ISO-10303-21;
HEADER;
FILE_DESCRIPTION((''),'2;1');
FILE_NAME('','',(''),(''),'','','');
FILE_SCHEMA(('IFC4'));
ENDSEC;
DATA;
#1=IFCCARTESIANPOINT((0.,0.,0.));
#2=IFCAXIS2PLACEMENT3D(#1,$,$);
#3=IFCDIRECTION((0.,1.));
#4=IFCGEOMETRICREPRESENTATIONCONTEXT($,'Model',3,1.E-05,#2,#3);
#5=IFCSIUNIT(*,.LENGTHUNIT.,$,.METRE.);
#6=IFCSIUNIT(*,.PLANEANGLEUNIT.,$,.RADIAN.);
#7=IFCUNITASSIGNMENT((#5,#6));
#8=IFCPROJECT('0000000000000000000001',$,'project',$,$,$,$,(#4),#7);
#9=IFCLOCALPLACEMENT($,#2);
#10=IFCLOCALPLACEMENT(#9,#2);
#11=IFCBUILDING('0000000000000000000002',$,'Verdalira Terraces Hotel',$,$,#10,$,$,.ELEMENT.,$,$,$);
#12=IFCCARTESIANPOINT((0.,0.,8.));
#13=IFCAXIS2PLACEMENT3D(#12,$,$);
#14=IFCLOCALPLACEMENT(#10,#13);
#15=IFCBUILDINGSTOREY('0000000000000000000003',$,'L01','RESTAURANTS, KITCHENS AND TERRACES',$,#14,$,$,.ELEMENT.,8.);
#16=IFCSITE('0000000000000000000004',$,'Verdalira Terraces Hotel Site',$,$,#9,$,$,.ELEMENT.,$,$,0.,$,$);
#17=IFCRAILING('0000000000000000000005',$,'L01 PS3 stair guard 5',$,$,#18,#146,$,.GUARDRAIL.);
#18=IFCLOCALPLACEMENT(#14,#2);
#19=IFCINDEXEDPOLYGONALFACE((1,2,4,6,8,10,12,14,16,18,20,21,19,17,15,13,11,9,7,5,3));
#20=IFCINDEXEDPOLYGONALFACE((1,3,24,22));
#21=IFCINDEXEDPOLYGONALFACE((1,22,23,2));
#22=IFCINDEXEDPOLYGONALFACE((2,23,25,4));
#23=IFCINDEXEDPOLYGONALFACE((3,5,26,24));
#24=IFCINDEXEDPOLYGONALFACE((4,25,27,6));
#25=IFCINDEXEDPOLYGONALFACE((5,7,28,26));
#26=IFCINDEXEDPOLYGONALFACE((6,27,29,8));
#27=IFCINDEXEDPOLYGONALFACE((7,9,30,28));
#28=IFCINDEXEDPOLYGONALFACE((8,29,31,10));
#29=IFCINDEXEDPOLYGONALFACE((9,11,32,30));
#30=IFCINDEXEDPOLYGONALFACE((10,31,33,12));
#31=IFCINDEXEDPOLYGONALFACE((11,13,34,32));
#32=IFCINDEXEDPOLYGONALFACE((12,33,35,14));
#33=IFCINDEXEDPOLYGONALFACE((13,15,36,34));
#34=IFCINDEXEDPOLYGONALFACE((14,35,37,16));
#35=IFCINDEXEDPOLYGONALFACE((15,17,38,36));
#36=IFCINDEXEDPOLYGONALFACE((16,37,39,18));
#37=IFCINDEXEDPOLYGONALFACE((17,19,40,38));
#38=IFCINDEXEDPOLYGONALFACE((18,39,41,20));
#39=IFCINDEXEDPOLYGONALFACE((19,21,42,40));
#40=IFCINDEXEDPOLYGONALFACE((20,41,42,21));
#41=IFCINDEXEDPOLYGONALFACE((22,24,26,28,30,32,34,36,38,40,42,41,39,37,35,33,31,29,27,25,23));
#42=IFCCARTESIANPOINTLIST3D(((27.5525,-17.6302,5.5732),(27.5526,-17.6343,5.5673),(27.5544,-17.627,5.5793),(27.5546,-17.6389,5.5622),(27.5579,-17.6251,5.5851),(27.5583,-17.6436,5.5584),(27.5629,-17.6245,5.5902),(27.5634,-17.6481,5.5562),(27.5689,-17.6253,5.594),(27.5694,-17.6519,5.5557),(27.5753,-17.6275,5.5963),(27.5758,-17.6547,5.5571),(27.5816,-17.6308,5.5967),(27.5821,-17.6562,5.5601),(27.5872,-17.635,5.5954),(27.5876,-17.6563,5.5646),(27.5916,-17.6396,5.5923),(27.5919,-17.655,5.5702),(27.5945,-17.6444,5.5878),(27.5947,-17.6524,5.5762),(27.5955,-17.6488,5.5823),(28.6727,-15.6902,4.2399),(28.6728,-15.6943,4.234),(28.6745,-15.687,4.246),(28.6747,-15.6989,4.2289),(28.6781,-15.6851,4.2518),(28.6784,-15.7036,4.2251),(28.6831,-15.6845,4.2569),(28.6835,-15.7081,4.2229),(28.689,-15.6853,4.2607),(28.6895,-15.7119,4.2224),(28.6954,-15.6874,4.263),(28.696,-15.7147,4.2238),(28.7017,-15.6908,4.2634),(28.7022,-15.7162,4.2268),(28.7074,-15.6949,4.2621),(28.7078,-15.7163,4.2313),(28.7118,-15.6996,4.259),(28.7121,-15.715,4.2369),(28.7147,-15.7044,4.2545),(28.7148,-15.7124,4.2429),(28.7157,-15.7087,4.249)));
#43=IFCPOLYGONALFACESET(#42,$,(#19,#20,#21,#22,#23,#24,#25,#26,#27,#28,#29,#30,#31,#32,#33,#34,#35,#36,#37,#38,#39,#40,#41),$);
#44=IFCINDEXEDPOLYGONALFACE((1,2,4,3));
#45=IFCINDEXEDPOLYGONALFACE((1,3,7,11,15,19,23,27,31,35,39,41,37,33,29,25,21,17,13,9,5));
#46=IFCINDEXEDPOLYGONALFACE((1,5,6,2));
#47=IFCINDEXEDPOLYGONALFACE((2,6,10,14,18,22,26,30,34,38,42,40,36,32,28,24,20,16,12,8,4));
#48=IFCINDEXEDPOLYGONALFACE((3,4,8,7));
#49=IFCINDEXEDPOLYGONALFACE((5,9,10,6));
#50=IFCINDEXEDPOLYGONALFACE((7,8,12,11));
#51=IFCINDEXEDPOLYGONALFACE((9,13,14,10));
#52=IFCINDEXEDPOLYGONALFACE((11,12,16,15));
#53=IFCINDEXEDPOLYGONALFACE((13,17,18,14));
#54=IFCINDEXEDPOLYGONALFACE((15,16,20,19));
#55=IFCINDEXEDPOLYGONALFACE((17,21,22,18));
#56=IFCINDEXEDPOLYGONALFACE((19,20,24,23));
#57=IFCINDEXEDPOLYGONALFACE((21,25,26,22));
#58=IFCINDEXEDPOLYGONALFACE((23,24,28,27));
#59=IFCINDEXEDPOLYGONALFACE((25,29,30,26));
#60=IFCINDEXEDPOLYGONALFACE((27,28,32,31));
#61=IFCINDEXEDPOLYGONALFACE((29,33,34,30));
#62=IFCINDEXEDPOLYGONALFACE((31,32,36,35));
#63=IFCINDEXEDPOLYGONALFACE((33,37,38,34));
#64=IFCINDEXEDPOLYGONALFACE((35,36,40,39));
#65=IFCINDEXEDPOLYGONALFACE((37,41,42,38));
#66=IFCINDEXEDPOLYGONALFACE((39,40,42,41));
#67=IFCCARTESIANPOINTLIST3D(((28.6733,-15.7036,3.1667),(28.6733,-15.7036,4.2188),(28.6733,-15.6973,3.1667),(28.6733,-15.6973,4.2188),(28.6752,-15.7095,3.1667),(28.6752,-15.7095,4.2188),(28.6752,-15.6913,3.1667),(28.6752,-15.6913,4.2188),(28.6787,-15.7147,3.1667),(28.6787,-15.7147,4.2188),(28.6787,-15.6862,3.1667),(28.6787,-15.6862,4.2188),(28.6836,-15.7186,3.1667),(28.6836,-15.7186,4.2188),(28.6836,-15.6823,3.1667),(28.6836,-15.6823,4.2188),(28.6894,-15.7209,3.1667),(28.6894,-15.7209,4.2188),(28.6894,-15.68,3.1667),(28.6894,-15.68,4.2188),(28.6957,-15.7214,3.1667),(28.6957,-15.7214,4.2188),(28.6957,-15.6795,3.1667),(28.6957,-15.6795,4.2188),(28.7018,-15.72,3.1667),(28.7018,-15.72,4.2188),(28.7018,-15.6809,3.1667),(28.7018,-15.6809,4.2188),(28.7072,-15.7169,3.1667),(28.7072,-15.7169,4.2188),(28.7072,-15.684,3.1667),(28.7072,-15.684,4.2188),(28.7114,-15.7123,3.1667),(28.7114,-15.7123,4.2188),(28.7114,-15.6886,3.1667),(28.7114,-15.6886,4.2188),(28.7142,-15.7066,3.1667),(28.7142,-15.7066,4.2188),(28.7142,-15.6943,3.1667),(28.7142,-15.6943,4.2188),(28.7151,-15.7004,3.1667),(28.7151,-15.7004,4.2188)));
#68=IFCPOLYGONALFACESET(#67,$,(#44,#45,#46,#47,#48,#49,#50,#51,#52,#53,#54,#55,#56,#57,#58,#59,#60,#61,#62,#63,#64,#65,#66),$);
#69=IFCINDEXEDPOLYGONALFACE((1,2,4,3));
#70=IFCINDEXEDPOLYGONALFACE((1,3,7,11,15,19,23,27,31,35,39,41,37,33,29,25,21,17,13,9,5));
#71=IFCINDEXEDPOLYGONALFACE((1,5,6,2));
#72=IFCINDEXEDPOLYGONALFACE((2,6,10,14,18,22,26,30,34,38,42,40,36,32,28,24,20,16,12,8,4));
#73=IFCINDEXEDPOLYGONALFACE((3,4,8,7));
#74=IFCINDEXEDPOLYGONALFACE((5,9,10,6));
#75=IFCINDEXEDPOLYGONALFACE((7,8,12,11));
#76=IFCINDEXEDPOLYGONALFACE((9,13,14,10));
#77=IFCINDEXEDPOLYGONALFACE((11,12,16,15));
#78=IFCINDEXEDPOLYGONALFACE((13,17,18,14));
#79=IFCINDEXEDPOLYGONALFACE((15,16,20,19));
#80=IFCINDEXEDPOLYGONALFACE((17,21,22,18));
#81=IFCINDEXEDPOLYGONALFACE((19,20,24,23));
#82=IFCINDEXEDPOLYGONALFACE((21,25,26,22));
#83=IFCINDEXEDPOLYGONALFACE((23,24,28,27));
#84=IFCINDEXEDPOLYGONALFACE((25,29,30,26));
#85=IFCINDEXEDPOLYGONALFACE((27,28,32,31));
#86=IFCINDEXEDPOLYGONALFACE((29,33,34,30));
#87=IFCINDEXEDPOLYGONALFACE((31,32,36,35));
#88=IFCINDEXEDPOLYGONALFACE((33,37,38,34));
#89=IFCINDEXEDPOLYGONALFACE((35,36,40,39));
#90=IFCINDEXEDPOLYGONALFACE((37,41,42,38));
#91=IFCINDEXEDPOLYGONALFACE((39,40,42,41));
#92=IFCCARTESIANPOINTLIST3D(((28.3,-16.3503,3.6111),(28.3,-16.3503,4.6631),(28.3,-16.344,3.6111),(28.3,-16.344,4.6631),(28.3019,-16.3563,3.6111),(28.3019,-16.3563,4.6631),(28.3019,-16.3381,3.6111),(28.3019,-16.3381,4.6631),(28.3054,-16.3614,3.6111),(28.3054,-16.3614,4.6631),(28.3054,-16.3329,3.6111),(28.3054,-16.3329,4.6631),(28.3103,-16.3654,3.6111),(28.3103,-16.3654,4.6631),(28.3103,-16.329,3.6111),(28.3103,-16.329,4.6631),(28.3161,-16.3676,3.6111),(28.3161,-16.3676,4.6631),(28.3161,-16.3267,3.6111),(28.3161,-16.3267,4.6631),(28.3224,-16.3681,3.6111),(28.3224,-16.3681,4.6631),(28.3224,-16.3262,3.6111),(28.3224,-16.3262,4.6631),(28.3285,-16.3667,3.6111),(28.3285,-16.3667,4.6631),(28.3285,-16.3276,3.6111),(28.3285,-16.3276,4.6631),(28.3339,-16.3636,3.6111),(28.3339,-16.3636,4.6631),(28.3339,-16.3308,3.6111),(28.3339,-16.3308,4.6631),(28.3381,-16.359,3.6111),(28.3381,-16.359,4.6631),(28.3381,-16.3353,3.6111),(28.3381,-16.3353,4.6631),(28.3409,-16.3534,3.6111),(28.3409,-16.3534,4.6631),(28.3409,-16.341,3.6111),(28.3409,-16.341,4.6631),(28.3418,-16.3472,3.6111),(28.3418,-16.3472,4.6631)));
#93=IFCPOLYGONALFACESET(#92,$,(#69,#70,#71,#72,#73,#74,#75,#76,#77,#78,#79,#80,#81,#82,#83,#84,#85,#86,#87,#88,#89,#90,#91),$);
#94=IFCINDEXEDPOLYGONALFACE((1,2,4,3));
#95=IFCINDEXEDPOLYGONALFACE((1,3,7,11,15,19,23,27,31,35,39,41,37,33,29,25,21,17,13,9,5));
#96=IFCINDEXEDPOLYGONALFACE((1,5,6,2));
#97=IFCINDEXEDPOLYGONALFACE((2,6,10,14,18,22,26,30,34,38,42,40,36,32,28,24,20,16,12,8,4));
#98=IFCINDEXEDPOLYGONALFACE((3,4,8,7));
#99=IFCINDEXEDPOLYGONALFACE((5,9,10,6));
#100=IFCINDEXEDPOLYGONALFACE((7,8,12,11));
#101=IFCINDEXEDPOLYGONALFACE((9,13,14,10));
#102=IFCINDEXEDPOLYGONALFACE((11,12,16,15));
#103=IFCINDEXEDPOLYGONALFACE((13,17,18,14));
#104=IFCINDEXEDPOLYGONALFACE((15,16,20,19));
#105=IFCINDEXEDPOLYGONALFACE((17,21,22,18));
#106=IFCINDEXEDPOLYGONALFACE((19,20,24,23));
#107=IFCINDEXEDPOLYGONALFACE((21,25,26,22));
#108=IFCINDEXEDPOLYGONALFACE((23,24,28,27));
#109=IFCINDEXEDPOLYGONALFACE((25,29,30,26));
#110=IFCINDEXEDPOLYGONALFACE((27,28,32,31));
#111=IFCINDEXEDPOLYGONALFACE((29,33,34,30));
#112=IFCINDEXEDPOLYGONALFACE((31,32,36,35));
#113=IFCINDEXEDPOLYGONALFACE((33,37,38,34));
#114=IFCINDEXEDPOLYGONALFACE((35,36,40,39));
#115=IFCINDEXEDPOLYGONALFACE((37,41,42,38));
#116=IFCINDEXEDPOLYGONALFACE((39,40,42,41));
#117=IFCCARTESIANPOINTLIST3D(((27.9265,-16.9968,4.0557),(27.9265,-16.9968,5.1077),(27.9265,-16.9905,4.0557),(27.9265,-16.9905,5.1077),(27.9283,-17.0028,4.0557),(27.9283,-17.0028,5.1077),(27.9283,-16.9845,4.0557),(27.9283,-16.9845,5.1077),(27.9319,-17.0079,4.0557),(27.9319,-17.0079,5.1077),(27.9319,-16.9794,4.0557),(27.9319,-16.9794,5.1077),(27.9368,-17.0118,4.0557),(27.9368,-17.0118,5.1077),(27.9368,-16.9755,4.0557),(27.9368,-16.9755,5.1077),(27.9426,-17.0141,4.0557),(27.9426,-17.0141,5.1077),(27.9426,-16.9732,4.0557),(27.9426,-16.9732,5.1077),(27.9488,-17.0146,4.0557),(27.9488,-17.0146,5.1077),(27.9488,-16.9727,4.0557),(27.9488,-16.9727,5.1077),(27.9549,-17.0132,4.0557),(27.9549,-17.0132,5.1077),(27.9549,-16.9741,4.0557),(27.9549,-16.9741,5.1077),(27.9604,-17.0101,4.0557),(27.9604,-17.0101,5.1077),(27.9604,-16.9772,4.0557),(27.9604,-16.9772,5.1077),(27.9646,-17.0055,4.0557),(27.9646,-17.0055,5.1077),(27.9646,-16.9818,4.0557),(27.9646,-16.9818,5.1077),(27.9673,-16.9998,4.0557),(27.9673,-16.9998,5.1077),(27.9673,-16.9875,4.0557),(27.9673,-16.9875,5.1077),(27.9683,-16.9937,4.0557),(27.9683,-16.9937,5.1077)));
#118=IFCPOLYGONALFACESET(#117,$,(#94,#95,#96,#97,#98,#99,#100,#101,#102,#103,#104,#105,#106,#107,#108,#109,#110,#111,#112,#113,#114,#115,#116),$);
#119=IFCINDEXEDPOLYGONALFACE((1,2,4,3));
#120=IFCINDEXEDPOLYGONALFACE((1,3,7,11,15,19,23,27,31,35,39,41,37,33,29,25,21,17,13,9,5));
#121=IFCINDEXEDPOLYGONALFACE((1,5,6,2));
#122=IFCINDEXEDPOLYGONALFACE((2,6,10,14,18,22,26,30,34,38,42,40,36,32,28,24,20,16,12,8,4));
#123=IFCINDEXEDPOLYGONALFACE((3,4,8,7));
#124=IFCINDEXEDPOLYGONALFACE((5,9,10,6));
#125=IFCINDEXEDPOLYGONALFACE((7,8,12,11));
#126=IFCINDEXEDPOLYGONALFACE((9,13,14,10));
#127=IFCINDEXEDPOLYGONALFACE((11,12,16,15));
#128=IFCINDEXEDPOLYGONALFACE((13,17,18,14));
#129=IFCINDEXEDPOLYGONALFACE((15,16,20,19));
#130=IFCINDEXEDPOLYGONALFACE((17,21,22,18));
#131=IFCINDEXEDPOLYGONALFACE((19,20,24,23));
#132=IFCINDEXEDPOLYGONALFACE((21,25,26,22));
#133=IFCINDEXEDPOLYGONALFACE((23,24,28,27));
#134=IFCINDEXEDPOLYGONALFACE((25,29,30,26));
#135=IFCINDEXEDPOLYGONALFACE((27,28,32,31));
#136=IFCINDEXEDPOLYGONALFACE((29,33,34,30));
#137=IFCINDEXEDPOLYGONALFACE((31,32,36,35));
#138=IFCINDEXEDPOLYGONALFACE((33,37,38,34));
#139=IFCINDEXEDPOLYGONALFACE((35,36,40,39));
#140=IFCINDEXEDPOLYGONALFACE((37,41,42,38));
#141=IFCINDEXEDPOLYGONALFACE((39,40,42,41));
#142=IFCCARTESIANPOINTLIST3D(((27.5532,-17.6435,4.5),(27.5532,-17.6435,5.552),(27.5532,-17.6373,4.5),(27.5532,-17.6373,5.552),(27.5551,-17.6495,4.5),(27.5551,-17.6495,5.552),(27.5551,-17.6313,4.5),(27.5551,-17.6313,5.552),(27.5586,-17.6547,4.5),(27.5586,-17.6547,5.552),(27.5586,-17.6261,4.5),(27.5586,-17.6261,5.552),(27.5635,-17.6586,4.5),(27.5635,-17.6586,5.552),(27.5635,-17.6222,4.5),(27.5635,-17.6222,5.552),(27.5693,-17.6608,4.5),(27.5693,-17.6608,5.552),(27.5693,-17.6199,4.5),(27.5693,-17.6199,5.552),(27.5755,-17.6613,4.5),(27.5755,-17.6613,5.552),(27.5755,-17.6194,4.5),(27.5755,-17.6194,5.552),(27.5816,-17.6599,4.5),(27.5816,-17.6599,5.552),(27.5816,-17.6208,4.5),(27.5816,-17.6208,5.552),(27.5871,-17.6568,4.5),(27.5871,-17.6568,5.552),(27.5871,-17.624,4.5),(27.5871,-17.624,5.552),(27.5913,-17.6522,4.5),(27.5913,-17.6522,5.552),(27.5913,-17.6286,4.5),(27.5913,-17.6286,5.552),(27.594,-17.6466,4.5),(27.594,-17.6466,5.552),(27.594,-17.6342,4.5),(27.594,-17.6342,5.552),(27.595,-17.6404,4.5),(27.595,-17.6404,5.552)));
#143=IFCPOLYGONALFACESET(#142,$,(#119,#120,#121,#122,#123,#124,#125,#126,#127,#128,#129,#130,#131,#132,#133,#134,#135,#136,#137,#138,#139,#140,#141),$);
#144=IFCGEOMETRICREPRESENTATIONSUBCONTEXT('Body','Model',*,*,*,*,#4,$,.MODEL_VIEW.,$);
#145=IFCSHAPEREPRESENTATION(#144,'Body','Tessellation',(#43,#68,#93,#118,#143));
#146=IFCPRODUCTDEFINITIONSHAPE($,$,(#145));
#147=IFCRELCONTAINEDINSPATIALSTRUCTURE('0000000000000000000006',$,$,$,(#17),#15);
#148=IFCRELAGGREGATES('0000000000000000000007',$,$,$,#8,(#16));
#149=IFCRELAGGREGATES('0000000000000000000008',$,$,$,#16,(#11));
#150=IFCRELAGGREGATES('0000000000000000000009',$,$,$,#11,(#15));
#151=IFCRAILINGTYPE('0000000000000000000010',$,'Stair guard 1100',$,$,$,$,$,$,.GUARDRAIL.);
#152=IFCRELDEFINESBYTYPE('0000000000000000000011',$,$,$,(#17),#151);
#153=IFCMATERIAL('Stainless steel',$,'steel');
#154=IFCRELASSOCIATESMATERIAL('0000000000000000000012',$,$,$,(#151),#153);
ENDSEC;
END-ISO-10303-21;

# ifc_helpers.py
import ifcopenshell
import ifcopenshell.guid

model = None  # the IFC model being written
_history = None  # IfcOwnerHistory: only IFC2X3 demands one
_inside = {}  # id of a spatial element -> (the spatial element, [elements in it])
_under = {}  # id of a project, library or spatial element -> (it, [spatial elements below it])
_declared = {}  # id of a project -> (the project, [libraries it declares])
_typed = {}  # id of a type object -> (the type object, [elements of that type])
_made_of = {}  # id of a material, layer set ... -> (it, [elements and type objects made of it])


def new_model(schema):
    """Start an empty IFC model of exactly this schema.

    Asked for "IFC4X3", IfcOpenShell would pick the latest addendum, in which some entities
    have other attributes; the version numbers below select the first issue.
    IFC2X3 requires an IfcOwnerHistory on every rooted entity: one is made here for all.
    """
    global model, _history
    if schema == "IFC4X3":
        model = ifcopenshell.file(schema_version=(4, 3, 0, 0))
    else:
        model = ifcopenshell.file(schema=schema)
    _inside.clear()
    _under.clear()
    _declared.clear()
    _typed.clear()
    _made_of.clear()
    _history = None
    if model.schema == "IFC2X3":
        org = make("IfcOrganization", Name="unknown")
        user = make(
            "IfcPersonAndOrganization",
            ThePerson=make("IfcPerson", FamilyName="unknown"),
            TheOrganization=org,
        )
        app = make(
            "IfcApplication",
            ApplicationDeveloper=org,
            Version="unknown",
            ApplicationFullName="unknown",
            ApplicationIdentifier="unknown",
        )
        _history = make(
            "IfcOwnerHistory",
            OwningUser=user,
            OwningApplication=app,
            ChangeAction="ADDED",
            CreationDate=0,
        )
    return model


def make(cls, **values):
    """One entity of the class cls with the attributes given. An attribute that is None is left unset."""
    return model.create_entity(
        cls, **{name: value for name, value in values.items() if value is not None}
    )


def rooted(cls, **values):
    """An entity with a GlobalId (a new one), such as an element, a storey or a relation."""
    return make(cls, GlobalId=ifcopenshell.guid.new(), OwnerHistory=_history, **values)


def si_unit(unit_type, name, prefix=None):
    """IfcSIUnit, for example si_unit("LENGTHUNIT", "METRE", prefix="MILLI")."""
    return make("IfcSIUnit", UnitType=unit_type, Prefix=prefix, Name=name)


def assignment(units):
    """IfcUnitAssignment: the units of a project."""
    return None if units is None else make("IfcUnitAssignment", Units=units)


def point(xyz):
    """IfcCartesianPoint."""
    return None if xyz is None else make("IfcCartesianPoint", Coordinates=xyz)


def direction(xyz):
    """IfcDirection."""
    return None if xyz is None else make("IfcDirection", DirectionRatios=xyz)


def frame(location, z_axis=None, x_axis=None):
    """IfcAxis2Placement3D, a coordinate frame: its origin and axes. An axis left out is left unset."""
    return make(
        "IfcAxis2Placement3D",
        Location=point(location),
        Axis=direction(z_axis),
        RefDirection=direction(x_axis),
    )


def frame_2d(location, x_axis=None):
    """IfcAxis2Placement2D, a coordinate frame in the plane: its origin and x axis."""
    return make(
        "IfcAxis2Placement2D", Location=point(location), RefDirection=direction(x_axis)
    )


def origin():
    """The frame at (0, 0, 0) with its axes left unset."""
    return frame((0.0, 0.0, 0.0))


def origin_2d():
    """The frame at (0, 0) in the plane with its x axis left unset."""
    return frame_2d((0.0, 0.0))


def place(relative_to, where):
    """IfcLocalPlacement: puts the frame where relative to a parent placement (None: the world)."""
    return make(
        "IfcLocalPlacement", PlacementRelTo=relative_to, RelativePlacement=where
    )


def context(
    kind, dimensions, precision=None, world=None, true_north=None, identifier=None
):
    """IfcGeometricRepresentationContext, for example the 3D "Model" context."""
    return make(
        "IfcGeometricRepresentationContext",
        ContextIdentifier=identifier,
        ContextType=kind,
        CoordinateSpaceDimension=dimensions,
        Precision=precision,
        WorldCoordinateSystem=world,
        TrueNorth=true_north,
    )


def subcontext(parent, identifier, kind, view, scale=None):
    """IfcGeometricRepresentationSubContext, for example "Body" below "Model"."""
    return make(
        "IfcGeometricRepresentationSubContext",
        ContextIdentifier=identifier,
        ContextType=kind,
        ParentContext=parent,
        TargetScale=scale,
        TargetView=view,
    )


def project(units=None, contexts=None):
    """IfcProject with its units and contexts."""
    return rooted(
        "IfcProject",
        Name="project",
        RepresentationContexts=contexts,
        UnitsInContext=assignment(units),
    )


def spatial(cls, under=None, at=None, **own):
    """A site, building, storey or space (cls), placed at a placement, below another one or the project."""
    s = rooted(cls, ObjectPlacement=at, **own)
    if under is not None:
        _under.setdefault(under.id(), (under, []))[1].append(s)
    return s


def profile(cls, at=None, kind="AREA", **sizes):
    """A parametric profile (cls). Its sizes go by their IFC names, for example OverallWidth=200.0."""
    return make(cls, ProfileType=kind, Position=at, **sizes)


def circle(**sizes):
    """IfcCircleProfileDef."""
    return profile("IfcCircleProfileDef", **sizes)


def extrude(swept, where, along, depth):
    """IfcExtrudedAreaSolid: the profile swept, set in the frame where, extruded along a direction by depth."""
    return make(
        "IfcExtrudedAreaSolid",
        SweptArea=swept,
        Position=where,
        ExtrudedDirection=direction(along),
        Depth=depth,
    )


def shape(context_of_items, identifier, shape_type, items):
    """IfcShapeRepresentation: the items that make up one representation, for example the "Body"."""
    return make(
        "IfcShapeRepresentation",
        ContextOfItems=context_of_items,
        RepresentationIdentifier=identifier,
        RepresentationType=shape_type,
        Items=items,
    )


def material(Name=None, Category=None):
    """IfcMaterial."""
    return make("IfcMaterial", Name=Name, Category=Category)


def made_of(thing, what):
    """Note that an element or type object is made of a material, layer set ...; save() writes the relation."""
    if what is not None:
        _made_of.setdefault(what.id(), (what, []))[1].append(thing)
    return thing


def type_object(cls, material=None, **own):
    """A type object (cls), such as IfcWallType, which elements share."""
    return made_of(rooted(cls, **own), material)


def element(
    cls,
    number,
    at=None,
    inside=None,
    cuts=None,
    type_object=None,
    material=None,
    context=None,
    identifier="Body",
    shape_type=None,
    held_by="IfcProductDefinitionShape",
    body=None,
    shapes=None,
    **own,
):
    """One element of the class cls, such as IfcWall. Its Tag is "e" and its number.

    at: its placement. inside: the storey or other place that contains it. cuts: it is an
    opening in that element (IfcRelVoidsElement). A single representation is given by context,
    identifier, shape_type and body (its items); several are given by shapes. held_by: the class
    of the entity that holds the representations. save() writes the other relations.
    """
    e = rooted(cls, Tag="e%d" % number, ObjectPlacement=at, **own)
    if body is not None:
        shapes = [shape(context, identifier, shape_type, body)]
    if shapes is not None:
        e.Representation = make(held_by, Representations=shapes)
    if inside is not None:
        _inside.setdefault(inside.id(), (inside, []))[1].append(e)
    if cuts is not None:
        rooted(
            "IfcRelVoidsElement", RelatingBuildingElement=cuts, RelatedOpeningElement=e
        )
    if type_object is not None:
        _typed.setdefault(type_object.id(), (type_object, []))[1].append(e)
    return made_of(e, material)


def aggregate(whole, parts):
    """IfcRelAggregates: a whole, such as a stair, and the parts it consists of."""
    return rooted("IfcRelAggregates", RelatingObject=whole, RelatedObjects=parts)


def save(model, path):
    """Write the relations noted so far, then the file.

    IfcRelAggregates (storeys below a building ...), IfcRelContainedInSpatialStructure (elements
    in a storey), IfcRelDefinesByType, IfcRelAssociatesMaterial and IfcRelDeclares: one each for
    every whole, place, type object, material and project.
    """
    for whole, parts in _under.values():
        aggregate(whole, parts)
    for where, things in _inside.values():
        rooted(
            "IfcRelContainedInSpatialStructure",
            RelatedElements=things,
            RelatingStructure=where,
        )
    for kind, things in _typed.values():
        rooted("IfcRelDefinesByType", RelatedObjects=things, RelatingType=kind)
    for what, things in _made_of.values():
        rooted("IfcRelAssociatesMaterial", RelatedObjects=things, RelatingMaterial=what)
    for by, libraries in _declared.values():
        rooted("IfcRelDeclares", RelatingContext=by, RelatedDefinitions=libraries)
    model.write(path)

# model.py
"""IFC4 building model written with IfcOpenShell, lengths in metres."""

from ifc_helpers import new_model, si_unit, direction, frame, origin, origin_2d, place, context, subcontext, project, spatial, circle, extrude, material, type_object, element, save


model = new_model("IFC4")

# Units and contexts
model_context = context("Model", 3, precision=1e-05, world=origin(), true_north=direction((0.0, 1.0)))
body_context = subcontext(model_context, "Body", "Model", "MODEL_VIEW")
ifc_project = project(units=[si_unit("LENGTHUNIT", "METRE"), si_unit("PLANEANGLEUNIT", "RADIAN")], contexts=[model_context])

# Site, building, storey
site_placement = place(None, origin())
site = spatial("IfcSite", under=ifc_project, at=site_placement, Name="Verdalira Terraces Hotel Site", CompositionType="ELEMENT", RefElevation=0.0)
building_placement = place(site_placement, origin())
building = spatial("IfcBuilding", under=site, at=building_placement, Name="Verdalira Terraces Hotel", CompositionType="ELEMENT")
storey_placement = place(building_placement, frame((0.0, 0.0, 8.0)))
storey = spatial("IfcBuildingStorey", under=building, at=storey_placement, Name="L01", Description="RESTAURANTS, KITCHENS AND TERRACES", CompositionType="ELEMENT", Elevation=8.0)

# Railing
ifc_material_1 = material(Name="Stainless steel", Category="steel")
railing_type_1 = type_object("IfcRailingType", Name="Stair guard 1100", PredefinedType="GUARDRAIL", material=ifc_material_1)
railing_1_placement = place(storey_placement, frame((28.6941, -15.7004, 3.1667)))
element("IfcRailing", 1, at=railing_1_placement, inside=storey, type_object=railing_type_1, Name="L01 PS3 stair guard 5", PredefinedType="GUARDRAIL", context=body_context, shape_type="SweptSolid", body=[
    extrude(circle(Radius=0.0239, at=origin_2d()), frame((0.0, 0.0, 1.0762), z_axis=(-0.429684, -0.744175, 0.511444), x_axis=(0.866008, -0.500031, 0.0)), (0.0, 0.0, 1.0), 2.6069),
    extrude(circle(Radius=0.021, at=origin_2d()), origin(), (0.0, 0.0, 1.0), 1.052),
    extrude(circle(Radius=0.021, at=origin_2d()), frame((-0.3733, -0.6467, 0.4443)), (0.0, 0.0, 1.0), 1.052),
    extrude(circle(Radius=0.021, at=origin_2d()), frame((-0.7468, -1.2932, 0.8889)), (0.0, 0.0, 1.0), 1.052),
    extrude(circle(Radius=0.021, at=origin_2d()), frame((-1.1201, -1.9399, 1.3333)), (0.0, 0.0, 1.0), 1.052),
])

save(model, "model.ifc")
